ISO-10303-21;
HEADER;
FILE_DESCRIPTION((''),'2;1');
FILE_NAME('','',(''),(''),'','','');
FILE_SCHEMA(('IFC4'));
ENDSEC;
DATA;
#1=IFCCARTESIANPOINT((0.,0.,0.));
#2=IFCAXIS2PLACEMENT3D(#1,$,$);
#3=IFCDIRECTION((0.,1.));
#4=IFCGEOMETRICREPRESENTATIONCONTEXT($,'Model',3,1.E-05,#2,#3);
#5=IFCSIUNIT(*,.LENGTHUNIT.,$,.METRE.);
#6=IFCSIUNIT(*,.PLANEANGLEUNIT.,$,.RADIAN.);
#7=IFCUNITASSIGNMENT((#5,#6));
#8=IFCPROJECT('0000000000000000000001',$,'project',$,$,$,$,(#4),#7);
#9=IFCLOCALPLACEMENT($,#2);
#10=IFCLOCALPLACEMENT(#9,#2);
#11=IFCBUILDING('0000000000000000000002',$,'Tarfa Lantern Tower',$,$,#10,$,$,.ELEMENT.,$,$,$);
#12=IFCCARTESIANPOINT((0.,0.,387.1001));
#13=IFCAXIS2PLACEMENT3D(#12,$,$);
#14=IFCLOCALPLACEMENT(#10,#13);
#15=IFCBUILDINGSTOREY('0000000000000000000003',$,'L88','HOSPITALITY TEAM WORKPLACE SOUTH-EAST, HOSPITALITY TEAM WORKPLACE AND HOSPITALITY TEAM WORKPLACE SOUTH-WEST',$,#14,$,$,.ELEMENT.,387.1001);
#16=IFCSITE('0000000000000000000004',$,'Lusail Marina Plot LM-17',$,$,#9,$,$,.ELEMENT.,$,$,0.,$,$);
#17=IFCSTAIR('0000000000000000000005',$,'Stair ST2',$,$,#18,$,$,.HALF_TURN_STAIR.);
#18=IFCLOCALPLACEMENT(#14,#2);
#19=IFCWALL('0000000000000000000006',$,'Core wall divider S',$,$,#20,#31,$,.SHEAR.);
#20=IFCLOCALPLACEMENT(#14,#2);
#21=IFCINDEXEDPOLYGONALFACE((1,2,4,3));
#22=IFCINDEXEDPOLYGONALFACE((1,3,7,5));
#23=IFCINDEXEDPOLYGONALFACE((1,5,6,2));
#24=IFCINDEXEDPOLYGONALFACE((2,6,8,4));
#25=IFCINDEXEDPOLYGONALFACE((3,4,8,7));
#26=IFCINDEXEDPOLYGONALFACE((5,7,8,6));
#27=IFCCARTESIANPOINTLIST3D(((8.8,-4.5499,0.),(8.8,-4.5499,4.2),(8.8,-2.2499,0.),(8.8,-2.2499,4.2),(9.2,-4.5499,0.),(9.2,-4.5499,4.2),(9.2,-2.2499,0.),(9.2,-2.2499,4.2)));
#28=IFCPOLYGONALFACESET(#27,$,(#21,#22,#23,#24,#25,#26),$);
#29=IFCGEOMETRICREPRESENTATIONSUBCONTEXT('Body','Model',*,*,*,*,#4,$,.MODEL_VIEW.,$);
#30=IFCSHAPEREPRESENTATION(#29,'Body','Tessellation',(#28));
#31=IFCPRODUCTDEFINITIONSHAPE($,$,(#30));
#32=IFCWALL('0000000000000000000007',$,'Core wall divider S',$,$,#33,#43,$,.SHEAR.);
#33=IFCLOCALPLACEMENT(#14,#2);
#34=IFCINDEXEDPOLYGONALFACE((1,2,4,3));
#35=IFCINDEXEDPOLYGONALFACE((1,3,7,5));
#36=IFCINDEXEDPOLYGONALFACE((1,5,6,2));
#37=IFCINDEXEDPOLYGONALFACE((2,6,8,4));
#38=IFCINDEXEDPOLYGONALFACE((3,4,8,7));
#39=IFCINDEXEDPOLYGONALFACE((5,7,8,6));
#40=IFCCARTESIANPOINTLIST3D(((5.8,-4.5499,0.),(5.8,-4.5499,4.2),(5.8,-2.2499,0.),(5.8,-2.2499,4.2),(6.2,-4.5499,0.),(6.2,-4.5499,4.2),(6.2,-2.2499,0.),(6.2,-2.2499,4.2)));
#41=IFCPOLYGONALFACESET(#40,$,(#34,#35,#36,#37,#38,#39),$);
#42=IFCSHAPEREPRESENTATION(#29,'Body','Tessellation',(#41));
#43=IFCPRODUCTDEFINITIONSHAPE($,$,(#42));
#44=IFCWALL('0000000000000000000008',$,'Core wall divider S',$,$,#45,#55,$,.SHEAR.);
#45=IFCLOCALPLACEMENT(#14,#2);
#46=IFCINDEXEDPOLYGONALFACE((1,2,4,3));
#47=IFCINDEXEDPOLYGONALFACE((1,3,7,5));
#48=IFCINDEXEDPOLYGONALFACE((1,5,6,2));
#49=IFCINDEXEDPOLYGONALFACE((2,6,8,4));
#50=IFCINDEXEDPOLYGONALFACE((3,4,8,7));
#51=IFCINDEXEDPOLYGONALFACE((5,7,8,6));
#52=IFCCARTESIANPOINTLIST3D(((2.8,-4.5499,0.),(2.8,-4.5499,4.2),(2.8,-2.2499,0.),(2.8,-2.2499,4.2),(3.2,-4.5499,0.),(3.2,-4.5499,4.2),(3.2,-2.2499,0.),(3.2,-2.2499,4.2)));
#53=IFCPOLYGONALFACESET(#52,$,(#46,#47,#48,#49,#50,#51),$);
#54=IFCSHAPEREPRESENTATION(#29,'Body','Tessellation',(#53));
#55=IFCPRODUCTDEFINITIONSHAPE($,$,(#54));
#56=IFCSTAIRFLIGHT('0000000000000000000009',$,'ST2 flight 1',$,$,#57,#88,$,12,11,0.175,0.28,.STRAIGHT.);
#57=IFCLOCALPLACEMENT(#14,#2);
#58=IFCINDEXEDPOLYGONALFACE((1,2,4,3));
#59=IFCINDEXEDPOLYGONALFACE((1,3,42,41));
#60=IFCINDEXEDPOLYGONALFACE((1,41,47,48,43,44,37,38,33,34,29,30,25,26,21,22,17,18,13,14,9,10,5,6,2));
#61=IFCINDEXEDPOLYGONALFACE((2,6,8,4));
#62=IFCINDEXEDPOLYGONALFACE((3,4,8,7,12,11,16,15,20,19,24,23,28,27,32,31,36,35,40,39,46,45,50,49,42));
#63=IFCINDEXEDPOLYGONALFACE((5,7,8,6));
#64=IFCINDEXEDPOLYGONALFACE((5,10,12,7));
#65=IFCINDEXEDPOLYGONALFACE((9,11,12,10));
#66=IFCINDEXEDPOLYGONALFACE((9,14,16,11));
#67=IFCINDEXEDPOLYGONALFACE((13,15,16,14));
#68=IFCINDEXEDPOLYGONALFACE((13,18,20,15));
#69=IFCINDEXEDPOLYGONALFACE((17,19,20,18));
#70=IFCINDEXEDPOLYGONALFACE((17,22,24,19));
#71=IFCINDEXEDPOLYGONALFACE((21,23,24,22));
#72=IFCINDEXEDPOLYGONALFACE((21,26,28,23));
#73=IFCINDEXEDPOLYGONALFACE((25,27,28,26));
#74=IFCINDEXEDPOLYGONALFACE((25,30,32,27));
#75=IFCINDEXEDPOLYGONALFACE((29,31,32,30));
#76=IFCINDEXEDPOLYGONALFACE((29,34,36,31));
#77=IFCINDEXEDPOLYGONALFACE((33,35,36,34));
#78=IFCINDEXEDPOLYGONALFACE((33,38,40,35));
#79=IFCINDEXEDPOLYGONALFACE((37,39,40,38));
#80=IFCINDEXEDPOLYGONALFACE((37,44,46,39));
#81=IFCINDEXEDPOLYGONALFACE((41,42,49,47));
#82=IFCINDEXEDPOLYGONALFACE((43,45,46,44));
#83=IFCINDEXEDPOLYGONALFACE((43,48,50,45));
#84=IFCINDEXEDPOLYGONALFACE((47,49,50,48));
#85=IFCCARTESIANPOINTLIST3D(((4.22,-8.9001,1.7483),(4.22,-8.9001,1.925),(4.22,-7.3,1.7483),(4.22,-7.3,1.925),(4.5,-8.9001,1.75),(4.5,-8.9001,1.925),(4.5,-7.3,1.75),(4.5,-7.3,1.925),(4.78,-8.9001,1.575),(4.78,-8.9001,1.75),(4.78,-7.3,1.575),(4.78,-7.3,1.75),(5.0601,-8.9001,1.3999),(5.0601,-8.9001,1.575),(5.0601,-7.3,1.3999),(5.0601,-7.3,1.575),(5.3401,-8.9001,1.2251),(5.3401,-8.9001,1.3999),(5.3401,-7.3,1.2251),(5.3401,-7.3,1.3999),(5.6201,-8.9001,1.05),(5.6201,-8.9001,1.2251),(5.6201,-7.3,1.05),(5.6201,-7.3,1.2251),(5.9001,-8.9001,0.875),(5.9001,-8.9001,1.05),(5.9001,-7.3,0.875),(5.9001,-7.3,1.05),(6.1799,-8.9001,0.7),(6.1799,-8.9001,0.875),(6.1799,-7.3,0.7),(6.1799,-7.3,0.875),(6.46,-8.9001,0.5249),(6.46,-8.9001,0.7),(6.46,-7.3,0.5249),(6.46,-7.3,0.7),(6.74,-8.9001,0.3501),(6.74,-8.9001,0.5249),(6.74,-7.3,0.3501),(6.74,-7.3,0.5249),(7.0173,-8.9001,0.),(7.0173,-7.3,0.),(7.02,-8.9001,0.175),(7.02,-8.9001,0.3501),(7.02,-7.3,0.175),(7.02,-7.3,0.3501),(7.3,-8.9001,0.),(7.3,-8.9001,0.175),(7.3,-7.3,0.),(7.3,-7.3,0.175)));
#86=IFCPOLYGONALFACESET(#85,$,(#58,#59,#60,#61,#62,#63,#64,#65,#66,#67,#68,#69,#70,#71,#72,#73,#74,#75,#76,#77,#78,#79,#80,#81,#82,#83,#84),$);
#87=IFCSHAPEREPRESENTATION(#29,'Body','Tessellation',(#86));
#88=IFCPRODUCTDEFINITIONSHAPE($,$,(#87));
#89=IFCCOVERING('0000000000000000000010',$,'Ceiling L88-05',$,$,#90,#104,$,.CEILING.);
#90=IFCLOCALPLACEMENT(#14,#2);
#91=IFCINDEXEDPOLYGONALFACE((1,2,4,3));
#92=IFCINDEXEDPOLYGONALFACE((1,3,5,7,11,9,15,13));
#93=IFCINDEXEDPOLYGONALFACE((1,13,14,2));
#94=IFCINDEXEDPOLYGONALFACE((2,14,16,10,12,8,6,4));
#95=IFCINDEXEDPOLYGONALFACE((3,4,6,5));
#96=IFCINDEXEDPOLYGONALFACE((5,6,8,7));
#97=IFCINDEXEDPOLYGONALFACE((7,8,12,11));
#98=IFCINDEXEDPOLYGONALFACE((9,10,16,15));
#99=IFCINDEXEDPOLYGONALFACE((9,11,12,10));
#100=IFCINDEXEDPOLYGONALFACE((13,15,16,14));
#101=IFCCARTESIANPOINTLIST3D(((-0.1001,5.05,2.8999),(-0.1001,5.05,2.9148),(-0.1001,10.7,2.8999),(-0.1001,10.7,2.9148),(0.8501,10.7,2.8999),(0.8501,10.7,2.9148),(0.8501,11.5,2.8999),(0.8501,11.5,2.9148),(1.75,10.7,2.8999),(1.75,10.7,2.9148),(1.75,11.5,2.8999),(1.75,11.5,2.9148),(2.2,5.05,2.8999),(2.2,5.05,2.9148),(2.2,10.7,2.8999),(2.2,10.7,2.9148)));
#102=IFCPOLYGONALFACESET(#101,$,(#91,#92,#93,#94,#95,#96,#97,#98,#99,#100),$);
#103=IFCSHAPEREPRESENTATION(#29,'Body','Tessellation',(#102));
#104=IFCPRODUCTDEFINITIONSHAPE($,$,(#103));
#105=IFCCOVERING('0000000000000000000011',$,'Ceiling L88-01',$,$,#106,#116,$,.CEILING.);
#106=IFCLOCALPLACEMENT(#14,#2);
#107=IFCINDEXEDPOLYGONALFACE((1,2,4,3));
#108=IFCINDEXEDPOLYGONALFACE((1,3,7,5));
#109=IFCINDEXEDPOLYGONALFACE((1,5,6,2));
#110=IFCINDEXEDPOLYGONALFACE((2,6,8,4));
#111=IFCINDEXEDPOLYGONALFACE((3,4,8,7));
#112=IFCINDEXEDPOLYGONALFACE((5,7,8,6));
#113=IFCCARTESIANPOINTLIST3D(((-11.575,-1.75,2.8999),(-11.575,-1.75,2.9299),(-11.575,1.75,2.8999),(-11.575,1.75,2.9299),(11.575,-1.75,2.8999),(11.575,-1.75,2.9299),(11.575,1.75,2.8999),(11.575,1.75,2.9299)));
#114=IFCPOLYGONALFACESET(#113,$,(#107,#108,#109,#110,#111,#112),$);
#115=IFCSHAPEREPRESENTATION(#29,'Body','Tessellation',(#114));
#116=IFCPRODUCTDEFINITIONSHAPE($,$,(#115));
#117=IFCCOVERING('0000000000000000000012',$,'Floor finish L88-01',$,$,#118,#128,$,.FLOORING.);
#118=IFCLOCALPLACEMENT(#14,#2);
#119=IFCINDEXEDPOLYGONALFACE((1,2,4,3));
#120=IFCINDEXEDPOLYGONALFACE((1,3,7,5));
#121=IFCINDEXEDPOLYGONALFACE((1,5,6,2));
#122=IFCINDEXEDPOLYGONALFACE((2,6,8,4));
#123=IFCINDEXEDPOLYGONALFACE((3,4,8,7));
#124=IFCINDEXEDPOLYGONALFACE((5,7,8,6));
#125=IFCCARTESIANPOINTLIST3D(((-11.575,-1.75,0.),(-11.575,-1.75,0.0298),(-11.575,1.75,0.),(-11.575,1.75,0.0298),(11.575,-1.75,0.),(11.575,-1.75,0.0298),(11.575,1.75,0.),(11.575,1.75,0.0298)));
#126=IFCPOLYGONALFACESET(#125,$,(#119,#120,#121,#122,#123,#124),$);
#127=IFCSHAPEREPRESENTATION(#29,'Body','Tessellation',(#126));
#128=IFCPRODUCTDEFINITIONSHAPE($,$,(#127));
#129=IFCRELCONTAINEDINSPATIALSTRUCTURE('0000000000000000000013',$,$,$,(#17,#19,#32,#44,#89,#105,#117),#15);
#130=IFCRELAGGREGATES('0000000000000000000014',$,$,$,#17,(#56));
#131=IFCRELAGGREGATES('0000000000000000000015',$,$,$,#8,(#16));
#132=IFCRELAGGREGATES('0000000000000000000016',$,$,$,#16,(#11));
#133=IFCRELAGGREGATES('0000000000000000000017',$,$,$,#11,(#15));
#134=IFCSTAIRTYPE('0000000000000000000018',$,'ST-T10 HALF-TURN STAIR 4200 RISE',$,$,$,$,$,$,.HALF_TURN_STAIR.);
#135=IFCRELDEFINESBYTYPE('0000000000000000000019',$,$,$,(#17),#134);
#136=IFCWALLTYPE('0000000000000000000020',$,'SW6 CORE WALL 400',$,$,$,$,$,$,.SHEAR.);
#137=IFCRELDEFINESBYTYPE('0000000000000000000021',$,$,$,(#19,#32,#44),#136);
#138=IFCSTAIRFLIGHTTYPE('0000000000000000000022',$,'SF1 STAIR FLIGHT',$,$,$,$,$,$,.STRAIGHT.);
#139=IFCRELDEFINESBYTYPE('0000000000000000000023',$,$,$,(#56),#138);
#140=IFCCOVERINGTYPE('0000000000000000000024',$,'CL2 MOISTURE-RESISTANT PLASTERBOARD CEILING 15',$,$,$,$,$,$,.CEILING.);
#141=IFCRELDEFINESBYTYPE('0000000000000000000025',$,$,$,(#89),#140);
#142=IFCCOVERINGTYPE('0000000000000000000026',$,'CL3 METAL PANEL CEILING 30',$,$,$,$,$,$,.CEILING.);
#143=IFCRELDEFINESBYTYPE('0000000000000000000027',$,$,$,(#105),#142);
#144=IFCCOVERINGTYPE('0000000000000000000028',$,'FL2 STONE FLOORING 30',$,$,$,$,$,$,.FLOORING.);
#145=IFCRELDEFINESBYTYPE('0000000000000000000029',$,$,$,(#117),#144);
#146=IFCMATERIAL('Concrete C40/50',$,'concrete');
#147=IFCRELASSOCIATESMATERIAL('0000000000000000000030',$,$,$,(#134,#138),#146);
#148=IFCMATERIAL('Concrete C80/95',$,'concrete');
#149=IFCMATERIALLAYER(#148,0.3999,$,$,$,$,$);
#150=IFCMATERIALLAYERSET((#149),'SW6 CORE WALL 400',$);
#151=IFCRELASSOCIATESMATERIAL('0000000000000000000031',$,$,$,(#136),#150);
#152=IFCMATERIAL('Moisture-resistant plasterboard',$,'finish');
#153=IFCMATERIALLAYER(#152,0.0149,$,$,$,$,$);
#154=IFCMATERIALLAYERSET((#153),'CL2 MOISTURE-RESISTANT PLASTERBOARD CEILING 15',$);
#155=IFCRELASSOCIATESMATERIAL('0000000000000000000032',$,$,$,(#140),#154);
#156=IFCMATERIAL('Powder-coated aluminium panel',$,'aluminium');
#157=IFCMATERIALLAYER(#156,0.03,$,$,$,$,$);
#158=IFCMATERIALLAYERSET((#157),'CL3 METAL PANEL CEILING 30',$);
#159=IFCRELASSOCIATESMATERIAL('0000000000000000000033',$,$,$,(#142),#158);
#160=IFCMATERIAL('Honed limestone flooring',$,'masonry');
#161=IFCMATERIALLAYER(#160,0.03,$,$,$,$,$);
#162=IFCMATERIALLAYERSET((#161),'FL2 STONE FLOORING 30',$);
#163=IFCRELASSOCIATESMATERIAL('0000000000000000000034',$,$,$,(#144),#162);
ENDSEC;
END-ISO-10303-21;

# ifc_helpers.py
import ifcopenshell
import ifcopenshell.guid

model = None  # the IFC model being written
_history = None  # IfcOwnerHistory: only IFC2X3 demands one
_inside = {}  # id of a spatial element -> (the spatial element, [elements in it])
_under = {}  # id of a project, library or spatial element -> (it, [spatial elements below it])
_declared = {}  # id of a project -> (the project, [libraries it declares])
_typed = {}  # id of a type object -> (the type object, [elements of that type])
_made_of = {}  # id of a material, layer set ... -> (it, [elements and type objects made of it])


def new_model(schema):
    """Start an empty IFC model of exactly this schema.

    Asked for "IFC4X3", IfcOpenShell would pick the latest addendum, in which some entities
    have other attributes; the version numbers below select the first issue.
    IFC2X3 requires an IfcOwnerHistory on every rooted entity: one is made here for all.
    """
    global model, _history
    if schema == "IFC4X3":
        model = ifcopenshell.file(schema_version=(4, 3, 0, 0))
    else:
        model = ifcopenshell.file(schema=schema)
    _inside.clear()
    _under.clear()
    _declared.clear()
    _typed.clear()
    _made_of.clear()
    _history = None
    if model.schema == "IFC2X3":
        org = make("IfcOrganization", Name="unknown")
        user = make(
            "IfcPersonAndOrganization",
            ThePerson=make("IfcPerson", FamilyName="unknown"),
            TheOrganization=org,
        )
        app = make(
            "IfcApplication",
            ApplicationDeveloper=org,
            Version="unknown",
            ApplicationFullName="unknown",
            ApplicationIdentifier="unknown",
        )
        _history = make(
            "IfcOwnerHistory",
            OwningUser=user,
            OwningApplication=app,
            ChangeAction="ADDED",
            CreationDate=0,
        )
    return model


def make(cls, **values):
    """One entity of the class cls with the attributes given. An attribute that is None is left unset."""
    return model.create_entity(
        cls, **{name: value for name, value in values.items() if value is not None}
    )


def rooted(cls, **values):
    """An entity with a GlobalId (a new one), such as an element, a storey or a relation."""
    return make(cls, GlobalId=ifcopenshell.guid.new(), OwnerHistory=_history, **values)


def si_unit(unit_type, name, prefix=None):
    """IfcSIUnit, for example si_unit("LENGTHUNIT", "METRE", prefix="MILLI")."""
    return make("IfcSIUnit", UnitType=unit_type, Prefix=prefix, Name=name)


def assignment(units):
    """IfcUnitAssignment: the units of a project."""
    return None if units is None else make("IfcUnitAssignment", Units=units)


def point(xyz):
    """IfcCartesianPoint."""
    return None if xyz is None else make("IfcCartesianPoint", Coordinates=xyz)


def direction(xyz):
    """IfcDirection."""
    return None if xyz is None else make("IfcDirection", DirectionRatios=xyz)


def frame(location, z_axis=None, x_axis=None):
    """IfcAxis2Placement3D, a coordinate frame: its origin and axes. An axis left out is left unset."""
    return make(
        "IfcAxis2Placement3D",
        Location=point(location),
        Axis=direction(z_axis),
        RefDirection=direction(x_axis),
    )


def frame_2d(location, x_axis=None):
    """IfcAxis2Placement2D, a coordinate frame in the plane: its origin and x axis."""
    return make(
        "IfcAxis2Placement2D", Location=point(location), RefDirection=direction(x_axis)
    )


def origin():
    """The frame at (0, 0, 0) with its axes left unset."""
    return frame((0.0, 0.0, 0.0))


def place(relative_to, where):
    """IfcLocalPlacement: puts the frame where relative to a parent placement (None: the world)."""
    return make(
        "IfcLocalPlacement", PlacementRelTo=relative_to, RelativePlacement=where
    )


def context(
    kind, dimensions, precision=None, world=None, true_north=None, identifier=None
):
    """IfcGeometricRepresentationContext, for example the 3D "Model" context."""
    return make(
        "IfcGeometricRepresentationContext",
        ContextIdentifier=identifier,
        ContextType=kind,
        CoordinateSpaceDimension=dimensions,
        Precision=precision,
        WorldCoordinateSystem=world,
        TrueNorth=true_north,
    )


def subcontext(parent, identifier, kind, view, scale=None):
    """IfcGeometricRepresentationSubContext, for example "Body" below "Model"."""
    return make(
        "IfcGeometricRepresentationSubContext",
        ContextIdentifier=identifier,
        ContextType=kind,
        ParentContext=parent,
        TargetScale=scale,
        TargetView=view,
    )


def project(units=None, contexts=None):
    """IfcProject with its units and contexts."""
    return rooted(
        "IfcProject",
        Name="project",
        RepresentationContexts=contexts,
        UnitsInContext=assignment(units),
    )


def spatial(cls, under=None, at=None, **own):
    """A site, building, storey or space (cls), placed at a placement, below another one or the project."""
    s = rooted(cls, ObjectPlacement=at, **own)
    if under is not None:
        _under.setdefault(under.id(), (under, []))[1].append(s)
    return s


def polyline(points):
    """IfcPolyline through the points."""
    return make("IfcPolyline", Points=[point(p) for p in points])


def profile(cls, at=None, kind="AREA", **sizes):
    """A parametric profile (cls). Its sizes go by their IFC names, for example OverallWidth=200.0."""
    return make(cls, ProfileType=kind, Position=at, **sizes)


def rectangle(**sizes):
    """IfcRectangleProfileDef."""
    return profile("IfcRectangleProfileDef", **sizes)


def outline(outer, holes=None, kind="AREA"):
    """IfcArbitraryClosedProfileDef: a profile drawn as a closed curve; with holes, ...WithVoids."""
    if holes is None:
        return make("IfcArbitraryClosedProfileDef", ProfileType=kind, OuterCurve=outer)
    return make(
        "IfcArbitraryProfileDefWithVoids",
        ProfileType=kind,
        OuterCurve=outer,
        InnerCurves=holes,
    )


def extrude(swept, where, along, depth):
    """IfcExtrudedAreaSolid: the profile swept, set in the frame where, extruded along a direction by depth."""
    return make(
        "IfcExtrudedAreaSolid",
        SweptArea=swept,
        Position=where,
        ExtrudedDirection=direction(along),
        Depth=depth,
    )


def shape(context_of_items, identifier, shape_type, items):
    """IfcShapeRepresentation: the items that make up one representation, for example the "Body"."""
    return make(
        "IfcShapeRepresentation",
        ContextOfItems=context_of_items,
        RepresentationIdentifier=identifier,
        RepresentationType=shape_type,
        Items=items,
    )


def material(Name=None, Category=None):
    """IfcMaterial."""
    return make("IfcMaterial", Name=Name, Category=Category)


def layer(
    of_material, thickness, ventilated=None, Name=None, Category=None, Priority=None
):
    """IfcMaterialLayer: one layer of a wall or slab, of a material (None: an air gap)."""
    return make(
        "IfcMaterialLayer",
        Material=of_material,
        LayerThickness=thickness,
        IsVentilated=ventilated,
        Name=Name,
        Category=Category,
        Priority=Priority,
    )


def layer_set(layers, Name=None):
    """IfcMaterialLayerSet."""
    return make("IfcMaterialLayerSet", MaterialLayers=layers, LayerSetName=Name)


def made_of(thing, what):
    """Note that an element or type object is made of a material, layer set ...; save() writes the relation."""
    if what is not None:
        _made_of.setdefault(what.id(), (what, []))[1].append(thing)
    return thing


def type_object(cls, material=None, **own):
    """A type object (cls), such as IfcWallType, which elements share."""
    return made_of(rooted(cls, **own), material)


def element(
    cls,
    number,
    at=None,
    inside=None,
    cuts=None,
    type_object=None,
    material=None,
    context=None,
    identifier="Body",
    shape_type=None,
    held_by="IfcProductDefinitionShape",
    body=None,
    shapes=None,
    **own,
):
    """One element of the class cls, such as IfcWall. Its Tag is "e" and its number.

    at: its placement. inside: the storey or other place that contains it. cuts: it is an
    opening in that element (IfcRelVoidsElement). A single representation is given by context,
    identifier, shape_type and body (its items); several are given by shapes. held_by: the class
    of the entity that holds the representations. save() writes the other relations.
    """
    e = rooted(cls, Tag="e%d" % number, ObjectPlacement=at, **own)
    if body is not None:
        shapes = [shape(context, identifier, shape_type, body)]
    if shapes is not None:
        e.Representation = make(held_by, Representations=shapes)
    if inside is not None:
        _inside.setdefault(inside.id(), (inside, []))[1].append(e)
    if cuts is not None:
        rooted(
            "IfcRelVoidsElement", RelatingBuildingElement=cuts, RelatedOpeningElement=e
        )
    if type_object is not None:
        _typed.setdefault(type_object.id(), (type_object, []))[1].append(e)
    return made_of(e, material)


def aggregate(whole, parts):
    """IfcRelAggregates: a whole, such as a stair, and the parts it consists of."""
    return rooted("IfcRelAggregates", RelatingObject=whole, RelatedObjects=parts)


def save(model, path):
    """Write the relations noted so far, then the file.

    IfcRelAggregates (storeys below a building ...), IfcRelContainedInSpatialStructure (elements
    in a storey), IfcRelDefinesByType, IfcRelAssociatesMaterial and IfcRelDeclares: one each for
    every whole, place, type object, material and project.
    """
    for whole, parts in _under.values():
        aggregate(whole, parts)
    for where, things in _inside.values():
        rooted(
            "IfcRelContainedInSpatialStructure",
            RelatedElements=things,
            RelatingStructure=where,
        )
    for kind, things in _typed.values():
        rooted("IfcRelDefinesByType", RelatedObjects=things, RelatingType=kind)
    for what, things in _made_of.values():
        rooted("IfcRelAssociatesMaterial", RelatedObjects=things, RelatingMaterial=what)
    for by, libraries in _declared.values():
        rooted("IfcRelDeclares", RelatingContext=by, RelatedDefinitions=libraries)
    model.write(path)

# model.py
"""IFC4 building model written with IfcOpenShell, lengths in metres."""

from ifc_helpers import new_model, si_unit, direction, frame, frame_2d, origin, place, context, subcontext, project, spatial, polyline, rectangle, outline, extrude, material, layer, layer_set, type_object, element, aggregate, save


model = new_model("IFC4")

# Units and contexts
model_context = context("Model", 3, precision=1e-05, world=origin(), true_north=direction((0.0, 1.0)))
body_context = subcontext(model_context, "Body", "Model", "MODEL_VIEW")
ifc_project = project(units=[si_unit("LENGTHUNIT", "METRE"), si_unit("PLANEANGLEUNIT", "RADIAN")], contexts=[model_context])

# Site, building, storey
site_placement = place(None, origin())
site = spatial("IfcSite", under=ifc_project, at=site_placement, Name="Lusail Marina Plot LM-17", CompositionType="ELEMENT", RefElevation=0.0)
building_placement = place(site_placement, origin())
building = spatial("IfcBuilding", under=site, at=building_placement, Name="Tarfa Lantern Tower", CompositionType="ELEMENT")
storey_placement = place(building_placement, frame((0.0, 0.0, 387.1001)))
storey = spatial("IfcBuildingStorey", under=building, at=storey_placement, Name="L88", Description="HOSPITALITY TEAM WORKPLACE SOUTH-EAST, HOSPITALITY TEAM WORKPLACE AND HOSPITALITY TEAM WORKPLACE SOUTH-WEST", CompositionType="ELEMENT", Elevation=387.1001)

# Shared definitions
ifc_material_1 = material(Name="Concrete C40/50", Category="concrete")

# Stair
stair_type = type_object("IfcStairType", Name="ST-T10 HALF-TURN STAIR 4200 RISE", PredefinedType="HALF_TURN_STAIR", material=ifc_material_1)
stair_1_placement = place(storey_placement, origin())
stair_1 = element("IfcStair", 1, at=stair_1_placement, inside=storey, type_object=stair_type, Name="Stair ST2", PredefinedType="HALF_TURN_STAIR")

# Shared definitions
ifc_material_2 = material(Name="Concrete C80/95", Category="concrete")

# Walls
ifc_layer_1 = layer(ifc_material_2, 0.3999)
ifc_layer_set_1 = layer_set([ifc_layer_1], Name="SW6 CORE WALL 400")
wall_type_1 = type_object("IfcWallType", Name="SW6 CORE WALL 400", PredefinedType="SHEAR", material=ifc_layer_set_1)
for number, where, z_axis, x_axis, name in (
    (2, (9.0, -2.25, 0.0), (0.0, 0.0, 1.0), (0.0, -1.0, 0.0), "Core wall divider S"),
    (3, (6.0, -2.25, 0.0), (0.0, 0.0, 1.0), (0.0, -1.0, 0.0), "Core wall divider S"),
    (4, (3.0, -2.25, 0.0), (0.0, 0.0, 1.0), (0.0, -1.0, 0.0), "Core wall divider S"),
):
    element("IfcWall", number, at=place(storey_placement, frame(where, z_axis=z_axis, x_axis=x_axis)), inside=storey, type_object=wall_type_1, Name=name, PredefinedType="SHEAR", context=body_context, shape_type="SweptSolid", body=[
        extrude(rectangle(XDim=2.3, YDim=0.3999, at=frame_2d((1.1499, 0.0))), origin(), (0.0, 0.0, 1.0), 4.2),
    ])

# Stair flight
stair_flight_type = type_object("IfcStairFlightType", Name="SF1 STAIR FLIGHT", PredefinedType="STRAIGHT", material=ifc_material_1)
stair_flight_placement = place(storey_placement, frame((7.3, -8.1001, 0.0), z_axis=(0.0, 0.0, 1.0), x_axis=(-1.0, 0.0, 0.0)))
stair_flight = element("IfcStairFlight", 5, at=stair_flight_placement, type_object=stair_flight_type, Name="ST2 flight 1", NumberOfRisers=12, NumberOfTreads=11, PredefinedType="STRAIGHT", RiserHeight=0.175, TreadLength=0.28, context=body_context, shape_type="SweptSolid", body=[
    extrude(outline(polyline([(0.0, 0.0), (0.0, 0.175), (0.28, 0.175), (0.28, 0.3501), (0.5601, 0.3501), (0.5601, 0.5249), (0.8401, 0.5249), (0.8401, 0.7), (1.1201, 0.7), (1.1201, 0.875), (1.3999, 0.875), (1.3999, 1.05), (1.6799, 1.05), (1.6799, 1.2251), (1.96, 1.2251), (1.96, 1.3999), (2.24, 1.3999), (2.24, 1.575), (2.52, 1.575), (2.52, 1.75), (2.8, 1.75), (2.8, 1.925), (3.0801, 1.925), (3.0801, 2.1001), (3.0801, 1.7483), (0.2827, 0.0), (0.0, 0.0)])), frame((0.0, 0.8, 0.0), z_axis=(0.0, -1.0, 0.0), x_axis=(1.0, 0.0, 0.0)), (0.0, 0.0, 1.0), 1.6001),
])
aggregate(stair_1, [stair_flight])

# Coverings
ifc_material_3 = material(Name="Moisture-resistant plasterboard", Category="finish")
ifc_layer_2 = layer(ifc_material_3, 0.0149)
ifc_layer_set_2 = layer_set([ifc_layer_2], Name="CL2 MOISTURE-RESISTANT PLASTERBOARD CEILING 15")
covering_type_1 = type_object("IfcCoveringType", Name="CL2 MOISTURE-RESISTANT PLASTERBOARD CEILING 15", PredefinedType="CEILING", material=ifc_layer_set_2)
covering_1_placement = place(storey_placement, frame((0.0, 0.0, 2.8999)))
element("IfcCovering", 6, at=covering_1_placement, inside=storey, type_object=covering_type_1, Name="Ceiling L88-05", PredefinedType="CEILING", context=body_context, shape_type="SweptSolid", body=[
    extrude(outline(polyline([(0.8501, 10.7), (-0.1001, 10.7), (-0.1001, 5.05), (2.2, 5.05), (2.2, 10.7), (1.75, 10.7), (1.75, 11.5), (0.8501, 11.5), (0.8501, 10.7)])), origin(), (0.0, 0.0, 1.0), 0.0149),
])
ifc_material_4 = material(Name="Powder-coated aluminium panel", Category="aluminium")
ifc_layer_3 = layer(ifc_material_4, 0.03)
ifc_layer_set_3 = layer_set([ifc_layer_3], Name="CL3 METAL PANEL CEILING 30")
covering_type_2 = type_object("IfcCoveringType", Name="CL3 METAL PANEL CEILING 30", PredefinedType="CEILING", material=ifc_layer_set_3)
covering_2_placement = place(storey_placement, frame((0.0, 0.0, 2.8999)))
element("IfcCovering", 7, at=covering_2_placement, inside=storey, type_object=covering_type_2, Name="Ceiling L88-01", PredefinedType="CEILING", context=body_context, shape_type="SweptSolid", body=[
    extrude(outline(polyline([(-11.575, -1.75), (11.575, -1.75), (11.575, 1.75), (-11.575, 1.75), (-11.575, -1.75)])), origin(), (0.0, 0.0, 1.0), 0.03),
])
ifc_material_5 = material(Name="Honed limestone flooring", Category="masonry")
ifc_layer_4 = layer(ifc_material_5, 0.03)
ifc_layer_set_4 = layer_set([ifc_layer_4], Name="FL2 STONE FLOORING 30")
covering_type_3 = type_object("IfcCoveringType", Name="FL2 STONE FLOORING 30", PredefinedType="FLOORING", material=ifc_layer_set_4)
covering_3_placement = place(storey_placement, origin())
element("IfcCovering", 8, at=covering_3_placement, inside=storey, type_object=covering_type_3, Name="Floor finish L88-01", PredefinedType="FLOORING", context=body_context, shape_type="SweptSolid", body=[
    extrude(outline(polyline([(-11.575, -1.75), (11.575, -1.75), (11.575, 1.75), (-11.575, 1.75), (-11.575, -1.75)])), origin(), (0.0, 0.0, 1.0), 0.0298),
])

save(model, "model.ifc")
